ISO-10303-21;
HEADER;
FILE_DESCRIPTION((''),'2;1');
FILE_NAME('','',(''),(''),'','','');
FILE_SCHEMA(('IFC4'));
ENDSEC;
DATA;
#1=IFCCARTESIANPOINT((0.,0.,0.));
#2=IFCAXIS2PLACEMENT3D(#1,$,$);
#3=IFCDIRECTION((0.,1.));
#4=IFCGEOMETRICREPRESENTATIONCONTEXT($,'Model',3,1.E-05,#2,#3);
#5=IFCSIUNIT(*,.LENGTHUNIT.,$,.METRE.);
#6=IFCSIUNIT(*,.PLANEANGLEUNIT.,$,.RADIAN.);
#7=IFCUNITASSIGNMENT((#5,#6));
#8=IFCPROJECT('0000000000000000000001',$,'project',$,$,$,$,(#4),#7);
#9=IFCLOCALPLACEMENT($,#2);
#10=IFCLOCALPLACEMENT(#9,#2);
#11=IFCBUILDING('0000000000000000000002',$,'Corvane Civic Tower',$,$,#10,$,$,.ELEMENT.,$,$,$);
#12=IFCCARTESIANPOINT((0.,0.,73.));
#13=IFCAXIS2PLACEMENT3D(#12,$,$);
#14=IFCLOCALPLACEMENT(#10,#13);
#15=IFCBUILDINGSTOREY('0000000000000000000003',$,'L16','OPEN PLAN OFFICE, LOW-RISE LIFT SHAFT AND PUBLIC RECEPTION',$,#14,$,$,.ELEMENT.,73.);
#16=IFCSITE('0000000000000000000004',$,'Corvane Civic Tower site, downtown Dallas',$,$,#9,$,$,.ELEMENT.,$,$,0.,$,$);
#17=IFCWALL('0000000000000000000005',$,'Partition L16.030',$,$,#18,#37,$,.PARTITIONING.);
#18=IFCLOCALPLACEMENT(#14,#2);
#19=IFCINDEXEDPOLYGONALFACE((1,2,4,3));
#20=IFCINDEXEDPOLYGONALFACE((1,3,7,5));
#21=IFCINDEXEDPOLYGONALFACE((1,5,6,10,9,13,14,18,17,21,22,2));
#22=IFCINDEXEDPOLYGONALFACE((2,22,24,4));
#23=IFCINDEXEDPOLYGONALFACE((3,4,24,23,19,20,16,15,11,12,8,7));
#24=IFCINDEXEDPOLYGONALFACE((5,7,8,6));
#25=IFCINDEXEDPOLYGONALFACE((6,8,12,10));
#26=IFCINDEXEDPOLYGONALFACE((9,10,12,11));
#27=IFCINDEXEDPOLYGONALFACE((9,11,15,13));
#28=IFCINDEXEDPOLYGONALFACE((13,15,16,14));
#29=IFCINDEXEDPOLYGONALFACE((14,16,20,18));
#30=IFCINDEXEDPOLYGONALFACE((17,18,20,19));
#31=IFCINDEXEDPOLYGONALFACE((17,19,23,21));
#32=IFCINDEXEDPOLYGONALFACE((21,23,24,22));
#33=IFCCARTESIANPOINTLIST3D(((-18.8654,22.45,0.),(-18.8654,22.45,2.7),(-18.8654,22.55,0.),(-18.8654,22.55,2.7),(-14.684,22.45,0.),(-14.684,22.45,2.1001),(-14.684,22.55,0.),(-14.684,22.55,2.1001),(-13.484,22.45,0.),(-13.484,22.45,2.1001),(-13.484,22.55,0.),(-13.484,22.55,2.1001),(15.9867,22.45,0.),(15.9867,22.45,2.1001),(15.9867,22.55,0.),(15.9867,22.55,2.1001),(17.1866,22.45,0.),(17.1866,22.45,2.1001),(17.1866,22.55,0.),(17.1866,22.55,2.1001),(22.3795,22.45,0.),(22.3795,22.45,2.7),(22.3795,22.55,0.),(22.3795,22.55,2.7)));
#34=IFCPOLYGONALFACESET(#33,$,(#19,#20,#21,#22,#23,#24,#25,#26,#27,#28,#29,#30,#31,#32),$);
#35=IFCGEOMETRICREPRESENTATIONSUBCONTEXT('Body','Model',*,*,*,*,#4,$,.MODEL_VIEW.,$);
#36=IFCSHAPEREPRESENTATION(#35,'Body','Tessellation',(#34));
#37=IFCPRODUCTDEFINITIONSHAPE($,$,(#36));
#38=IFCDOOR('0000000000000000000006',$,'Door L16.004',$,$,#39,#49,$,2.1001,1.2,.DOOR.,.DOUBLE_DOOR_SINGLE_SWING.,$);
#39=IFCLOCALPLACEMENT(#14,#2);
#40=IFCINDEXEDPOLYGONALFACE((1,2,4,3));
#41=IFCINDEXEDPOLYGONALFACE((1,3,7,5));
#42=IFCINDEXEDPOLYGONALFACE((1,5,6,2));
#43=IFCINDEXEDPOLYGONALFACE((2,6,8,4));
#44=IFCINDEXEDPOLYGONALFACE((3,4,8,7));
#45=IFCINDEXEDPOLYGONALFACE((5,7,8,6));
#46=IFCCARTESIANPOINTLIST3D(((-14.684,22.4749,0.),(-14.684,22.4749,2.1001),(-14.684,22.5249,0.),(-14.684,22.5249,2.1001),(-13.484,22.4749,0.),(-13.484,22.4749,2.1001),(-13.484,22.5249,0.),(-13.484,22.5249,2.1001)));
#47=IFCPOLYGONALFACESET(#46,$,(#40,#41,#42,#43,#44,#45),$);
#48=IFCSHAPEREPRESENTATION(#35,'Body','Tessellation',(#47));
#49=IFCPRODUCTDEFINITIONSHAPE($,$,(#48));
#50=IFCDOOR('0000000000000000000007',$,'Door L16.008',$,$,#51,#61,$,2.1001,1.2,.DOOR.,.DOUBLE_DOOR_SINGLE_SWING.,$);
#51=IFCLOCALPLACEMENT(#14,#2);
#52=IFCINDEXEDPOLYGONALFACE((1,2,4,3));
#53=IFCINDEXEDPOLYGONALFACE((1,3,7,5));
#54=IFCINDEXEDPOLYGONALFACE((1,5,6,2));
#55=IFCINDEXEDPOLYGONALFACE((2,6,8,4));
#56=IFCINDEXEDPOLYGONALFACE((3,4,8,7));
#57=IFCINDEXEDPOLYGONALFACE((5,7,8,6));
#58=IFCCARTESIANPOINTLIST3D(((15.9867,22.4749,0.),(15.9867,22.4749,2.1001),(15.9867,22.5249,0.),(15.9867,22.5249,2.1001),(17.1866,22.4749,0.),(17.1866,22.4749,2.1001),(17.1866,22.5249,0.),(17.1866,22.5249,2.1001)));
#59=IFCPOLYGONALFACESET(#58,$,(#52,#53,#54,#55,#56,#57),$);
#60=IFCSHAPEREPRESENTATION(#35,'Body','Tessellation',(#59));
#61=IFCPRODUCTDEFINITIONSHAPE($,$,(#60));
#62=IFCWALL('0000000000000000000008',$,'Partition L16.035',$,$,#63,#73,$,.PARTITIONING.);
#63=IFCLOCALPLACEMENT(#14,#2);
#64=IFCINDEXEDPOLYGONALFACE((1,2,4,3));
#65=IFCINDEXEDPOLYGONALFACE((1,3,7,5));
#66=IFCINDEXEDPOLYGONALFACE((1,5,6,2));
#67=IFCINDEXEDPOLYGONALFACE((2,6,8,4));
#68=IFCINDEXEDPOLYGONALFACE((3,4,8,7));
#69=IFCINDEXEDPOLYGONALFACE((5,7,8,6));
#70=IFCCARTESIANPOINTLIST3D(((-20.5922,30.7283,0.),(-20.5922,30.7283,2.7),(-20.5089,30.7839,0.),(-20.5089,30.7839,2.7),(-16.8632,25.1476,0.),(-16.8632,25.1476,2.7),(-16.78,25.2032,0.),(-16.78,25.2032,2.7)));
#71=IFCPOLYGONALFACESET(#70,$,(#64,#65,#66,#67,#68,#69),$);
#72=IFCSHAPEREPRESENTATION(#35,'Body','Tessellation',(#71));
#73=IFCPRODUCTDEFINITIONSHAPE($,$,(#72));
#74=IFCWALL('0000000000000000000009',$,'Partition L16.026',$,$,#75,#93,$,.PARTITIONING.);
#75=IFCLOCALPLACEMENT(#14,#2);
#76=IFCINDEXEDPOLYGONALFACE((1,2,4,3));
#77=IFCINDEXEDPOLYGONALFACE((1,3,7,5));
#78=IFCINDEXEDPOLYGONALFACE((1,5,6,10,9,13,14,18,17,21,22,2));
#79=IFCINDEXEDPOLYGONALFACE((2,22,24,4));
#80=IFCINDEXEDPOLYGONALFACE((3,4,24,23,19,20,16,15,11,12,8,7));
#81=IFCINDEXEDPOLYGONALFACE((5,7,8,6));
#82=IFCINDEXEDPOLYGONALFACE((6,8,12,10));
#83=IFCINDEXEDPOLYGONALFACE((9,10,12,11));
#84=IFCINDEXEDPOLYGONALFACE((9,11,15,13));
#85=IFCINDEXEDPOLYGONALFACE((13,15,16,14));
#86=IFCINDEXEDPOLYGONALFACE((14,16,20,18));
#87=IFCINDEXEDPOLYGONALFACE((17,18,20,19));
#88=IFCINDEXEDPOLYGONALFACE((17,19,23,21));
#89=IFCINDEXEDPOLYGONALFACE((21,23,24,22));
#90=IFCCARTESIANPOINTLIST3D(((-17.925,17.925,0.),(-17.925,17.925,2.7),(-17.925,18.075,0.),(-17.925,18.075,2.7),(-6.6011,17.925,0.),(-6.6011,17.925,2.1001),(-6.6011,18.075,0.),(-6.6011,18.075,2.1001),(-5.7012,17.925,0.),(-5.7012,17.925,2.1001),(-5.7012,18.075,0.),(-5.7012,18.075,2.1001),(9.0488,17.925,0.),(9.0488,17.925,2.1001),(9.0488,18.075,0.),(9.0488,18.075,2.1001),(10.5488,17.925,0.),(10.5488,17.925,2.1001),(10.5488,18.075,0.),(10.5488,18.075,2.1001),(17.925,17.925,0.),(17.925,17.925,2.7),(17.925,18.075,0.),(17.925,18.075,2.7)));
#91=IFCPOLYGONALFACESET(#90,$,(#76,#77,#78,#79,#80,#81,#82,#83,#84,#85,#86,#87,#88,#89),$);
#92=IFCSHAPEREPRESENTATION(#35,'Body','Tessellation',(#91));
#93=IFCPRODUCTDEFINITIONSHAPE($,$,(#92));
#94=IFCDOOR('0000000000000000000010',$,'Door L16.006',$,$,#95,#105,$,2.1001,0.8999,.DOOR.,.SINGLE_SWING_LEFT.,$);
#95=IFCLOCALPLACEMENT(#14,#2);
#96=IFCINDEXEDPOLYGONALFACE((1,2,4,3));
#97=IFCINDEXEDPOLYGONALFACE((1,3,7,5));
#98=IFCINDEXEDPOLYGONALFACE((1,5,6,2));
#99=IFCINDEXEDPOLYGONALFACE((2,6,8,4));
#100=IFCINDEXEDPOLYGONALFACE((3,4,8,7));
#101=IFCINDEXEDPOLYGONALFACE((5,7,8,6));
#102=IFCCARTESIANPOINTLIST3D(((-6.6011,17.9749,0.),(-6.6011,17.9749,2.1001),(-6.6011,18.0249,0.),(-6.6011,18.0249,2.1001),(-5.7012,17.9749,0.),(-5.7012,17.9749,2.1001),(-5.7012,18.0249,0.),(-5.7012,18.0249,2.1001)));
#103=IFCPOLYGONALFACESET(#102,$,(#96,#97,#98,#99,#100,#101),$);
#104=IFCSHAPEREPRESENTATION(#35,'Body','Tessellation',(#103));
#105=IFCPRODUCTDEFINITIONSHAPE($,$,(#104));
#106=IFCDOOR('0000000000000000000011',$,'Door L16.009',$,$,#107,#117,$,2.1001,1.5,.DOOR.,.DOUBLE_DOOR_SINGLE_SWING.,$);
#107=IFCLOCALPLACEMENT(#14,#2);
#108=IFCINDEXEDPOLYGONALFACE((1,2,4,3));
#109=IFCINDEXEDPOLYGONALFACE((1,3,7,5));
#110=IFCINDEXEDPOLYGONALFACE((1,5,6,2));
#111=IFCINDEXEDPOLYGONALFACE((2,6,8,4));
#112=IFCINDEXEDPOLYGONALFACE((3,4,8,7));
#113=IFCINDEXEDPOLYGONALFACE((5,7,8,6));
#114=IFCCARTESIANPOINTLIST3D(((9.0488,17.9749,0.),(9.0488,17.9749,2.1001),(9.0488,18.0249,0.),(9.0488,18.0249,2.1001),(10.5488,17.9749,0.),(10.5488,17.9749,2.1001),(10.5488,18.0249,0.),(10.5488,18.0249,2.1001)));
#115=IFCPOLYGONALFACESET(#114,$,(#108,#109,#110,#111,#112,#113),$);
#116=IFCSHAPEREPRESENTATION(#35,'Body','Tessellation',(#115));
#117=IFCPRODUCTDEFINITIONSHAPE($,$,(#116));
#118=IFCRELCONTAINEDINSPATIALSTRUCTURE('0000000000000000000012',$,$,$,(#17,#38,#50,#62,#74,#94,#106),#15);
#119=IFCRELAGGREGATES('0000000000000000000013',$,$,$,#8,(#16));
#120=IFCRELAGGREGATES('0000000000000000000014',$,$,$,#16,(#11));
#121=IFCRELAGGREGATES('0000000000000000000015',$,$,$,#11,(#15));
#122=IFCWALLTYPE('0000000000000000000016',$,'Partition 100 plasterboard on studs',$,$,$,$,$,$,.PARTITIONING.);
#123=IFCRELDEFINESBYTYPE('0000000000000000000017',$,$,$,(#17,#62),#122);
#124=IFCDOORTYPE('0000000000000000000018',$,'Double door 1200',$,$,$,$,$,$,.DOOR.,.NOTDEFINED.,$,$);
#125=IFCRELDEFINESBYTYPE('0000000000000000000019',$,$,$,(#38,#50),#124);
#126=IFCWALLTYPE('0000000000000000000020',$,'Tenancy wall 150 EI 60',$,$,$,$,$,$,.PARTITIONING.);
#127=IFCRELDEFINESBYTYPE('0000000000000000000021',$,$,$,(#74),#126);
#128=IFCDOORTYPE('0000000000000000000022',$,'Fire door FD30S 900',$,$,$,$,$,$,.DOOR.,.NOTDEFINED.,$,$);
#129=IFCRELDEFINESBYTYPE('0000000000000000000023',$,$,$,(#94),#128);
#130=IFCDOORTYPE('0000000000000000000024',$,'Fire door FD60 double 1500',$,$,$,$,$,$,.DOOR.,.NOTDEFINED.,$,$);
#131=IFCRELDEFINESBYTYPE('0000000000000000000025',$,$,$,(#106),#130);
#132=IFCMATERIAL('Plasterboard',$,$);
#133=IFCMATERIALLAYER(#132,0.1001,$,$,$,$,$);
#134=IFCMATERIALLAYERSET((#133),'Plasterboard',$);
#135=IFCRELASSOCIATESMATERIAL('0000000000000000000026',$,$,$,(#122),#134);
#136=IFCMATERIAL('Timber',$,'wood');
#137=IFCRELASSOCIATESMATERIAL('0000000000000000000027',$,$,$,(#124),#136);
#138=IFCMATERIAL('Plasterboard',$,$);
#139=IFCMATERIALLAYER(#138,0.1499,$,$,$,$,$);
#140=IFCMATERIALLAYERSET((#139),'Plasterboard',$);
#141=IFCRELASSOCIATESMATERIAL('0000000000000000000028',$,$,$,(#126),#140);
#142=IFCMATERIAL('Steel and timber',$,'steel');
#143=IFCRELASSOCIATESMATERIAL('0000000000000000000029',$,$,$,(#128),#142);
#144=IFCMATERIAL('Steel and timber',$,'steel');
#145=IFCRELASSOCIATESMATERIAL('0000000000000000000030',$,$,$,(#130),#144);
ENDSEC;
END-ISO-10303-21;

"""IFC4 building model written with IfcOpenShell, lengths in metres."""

from ifc_helpers import new_model, si_unit, direction, frame, frame_2d, origin, place, context, subcontext, project, spatial, rectangle, extrude, material, layer, layer_set, type_object, element, fill, save


model = new_model("IFC4")

# Units and contexts
model_context = context("Model", 3, precision=1e-05, world=origin(), true_north=direction((0.0, 1.0)))
body_context = subcontext(model_context, "Body", "Model", "MODEL_VIEW")
ifc_project = project(units=[si_unit("LENGTHUNIT", "METRE"), si_unit("PLANEANGLEUNIT", "RADIAN")], contexts=[model_context])

# Site, building, storey
site_placement = place(None, origin())
site = spatial("IfcSite", under=ifc_project, at=site_placement, Name="Corvane Civic Tower site, downtown Dallas", CompositionType="ELEMENT", RefElevation=0.0)
building_placement = place(site_placement, origin())
building = spatial("IfcBuilding", under=site, at=building_placement, Name="Corvane Civic Tower", CompositionType="ELEMENT")
storey_placement = place(building_placement, frame((0.0, 0.0, 73.0)))
storey = spatial("IfcBuildingStorey", under=building, at=storey_placement, Name="L16", Description="OPEN PLAN OFFICE, LOW-RISE LIFT SHAFT AND PUBLIC RECEPTION", CompositionType="ELEMENT", Elevation=73.0)

# Wall, openings, doors
ifc_material_1 = material(Name="Plasterboard")
ifc_layer_1 = layer(ifc_material_1, 0.1001)
ifc_layer_set_1 = layer_set([ifc_layer_1], Name="Plasterboard")
wall_type_1 = type_object("IfcWallType", Name="Partition 100 plasterboard on studs", PredefinedType="PARTITIONING", material=ifc_layer_set_1)
wall_1_placement = place(storey_placement, frame((-18.8655, 22.5, 0.0), z_axis=(0.0, 0.0, 1.0), x_axis=(1.0, 0.0, 0.0)))
wall_1 = element("IfcWall", 1, at=wall_1_placement, inside=storey, type_object=wall_type_1, Name="Partition L16.030", PredefinedType="PARTITIONING", context=body_context, shape_type="SweptSolid", body=[
    extrude(rectangle(XDim=41.2449, YDim=0.1001, at=frame_2d((20.6226, 0.0))), origin(), (0.0, 0.0, 1.0), 2.7),
])
opening_1_placement = place(wall_1_placement, frame((4.1814, 0.0, 0.0)))
opening_1 = element("IfcOpeningElement", 2, at=opening_1_placement, cuts=wall_1, PredefinedType="OPENING", context=body_context, shape_type="SweptSolid", body=[
    extrude(rectangle(XDim=1.2, YDim=2.1001, at=frame_2d((0.6001, 1.05))), frame((0.0, 0.0601, 0.0), z_axis=(0.0, -1.0, 0.0), x_axis=(1.0, 0.0, 0.0)), (0.0, 0.0, 1.0), 0.1201),
])
opening_2_placement = place(wall_1_placement, frame((34.8521, 0.0, 0.0)))
opening_2 = element("IfcOpeningElement", 3, at=opening_2_placement, cuts=wall_1, PredefinedType="OPENING", context=body_context, shape_type="SweptSolid", body=[
    extrude(rectangle(XDim=1.2, YDim=2.1001, at=frame_2d((0.6001, 1.05))), frame((0.0, 0.0601, 0.0), z_axis=(0.0, -1.0, 0.0), x_axis=(1.0, 0.0, 0.0)), (0.0, 0.0, 1.0), 0.1201),
])
ifc_material_2 = material(Name="Timber", Category="wood")
door_type_1 = type_object("IfcDoorType", Name="Double door 1200", OperationType="NOTDEFINED", PredefinedType="DOOR", material=ifc_material_2)
door_1_placement = place(opening_1_placement, origin())
door_1 = element("IfcDoor", 4, at=door_1_placement, inside=storey, type_object=door_type_1, Name="Door L16.004", OperationType="DOUBLE_DOOR_SINGLE_SWING", OverallHeight=2.1001, OverallWidth=1.2, PredefinedType="DOOR", context=body_context, shape_type="SweptSolid", body=[
    extrude(rectangle(XDim=1.2, YDim=2.1001, at=frame_2d((0.6001, 1.05))), frame((0.0, 0.0249, 0.0), z_axis=(0.0, -1.0, 0.0), x_axis=(1.0, 0.0, 0.0)), (0.0, 0.0, 1.0), 0.05),
])
fill(opening_1, door_1)
door_2_placement = place(opening_2_placement, origin())
door_2 = element("IfcDoor", 5, at=door_2_placement, inside=storey, type_object=door_type_1, Name="Door L16.008", OperationType="DOUBLE_DOOR_SINGLE_SWING", OverallHeight=2.1001, OverallWidth=1.2, PredefinedType="DOOR", context=body_context, shape_type="SweptSolid", body=[
    extrude(rectangle(XDim=1.2, YDim=2.1001, at=frame_2d((0.6001, 1.05))), frame((0.0, 0.0249, 0.0), z_axis=(0.0, -1.0, 0.0), x_axis=(1.0, 0.0, 0.0)), (0.0, 0.0, 1.0), 0.05),
])
fill(opening_2, door_2)

# Wall
wall_2_placement = place(storey_placement, frame((-20.5505, 30.7561, 0.0), z_axis=(0.0, 0.0, 1.0), x_axis=(0.555573, -0.831468, 0.0)))
element("IfcWall", 6, at=wall_2_placement, inside=storey, type_object=wall_type_1, Name="Partition L16.035", PredefinedType="PARTITIONING", context=body_context, shape_type="SweptSolid", body=[
    extrude(rectangle(XDim=6.7119, YDim=0.1001, at=frame_2d((3.356, 0.0))), origin(), (0.0, 0.0, 1.0), 2.7),
])

# Wall, openings, doors
ifc_material_3 = material(Name="Plasterboard")
ifc_layer_2 = layer(ifc_material_3, 0.1499)
ifc_layer_set_2 = layer_set([ifc_layer_2], Name="Plasterboard")
wall_type_2 = type_object("IfcWallType", Name="Tenancy wall 150 EI 60", PredefinedType="PARTITIONING", material=ifc_layer_set_2)
wall_3_placement = place(storey_placement, frame((-17.925, 18.0, 0.0), z_axis=(0.0, 0.0, 1.0), x_axis=(1.0, 0.0, 0.0)))
wall_3 = element("IfcWall", 7, at=wall_3_placement, inside=storey, type_object=wall_type_2, Name="Partition L16.026", PredefinedType="PARTITIONING", context=body_context, shape_type="SweptSolid", body=[
    extrude(rectangle(XDim=35.8501, YDim=0.1499, at=frame_2d((17.925, 0.0))), origin(), (0.0, 0.0, 1.0), 2.7),
])
opening_3_placement = place(wall_3_placement, frame((11.324, 0.0, 0.0)))
opening_3 = element("IfcOpeningElement", 8, at=opening_3_placement, cuts=wall_3, PredefinedType="OPENING", context=body_context, shape_type="SweptSolid", body=[
    extrude(rectangle(XDim=0.8999, YDim=2.1001, at=frame_2d((0.45, 1.05))), frame((0.0, 0.085, 0.0), z_axis=(0.0, -1.0, 0.0), x_axis=(1.0, 0.0, 0.0)), (0.0, 0.0, 1.0), 0.1699),
])
opening_4_placement = place(wall_3_placement, frame((26.9739, 0.0, 0.0)))
opening_4 = element("IfcOpeningElement", 9, at=opening_4_placement, cuts=wall_3, PredefinedType="OPENING", context=body_context, shape_type="SweptSolid", body=[
    extrude(rectangle(XDim=1.5, YDim=2.1001, at=frame_2d((0.75, 1.05))), frame((0.0, 0.085, 0.0), z_axis=(0.0, -1.0, 0.0), x_axis=(1.0, 0.0, 0.0)), (0.0, 0.0, 1.0), 0.1699),
])
ifc_material_4 = material(Name="Steel and timber", Category="steel")
door_type_2 = type_object("IfcDoorType", Name="Fire door FD30S 900", OperationType="NOTDEFINED", PredefinedType="DOOR", material=ifc_material_4)
door_3_placement = place(opening_3_placement, origin())
door_3 = element("IfcDoor", 10, at=door_3_placement, inside=storey, type_object=door_type_2, Name="Door L16.006", OperationType="SINGLE_SWING_LEFT", OverallHeight=2.1001, OverallWidth=0.8999, PredefinedType="DOOR", context=body_context, shape_type="SweptSolid", body=[
    extrude(rectangle(XDim=0.8999, YDim=2.1001, at=frame_2d((0.45, 1.05))), frame((0.0, 0.0249, 0.0), z_axis=(0.0, -1.0, 0.0), x_axis=(1.0, 0.0, 0.0)), (0.0, 0.0, 1.0), 0.05),
])
fill(opening_3, door_3)
ifc_material_5 = material(Name="Steel and timber", Category="steel")
door_type_3 = type_object("IfcDoorType", Name="Fire door FD60 double 1500", OperationType="NOTDEFINED", PredefinedType="DOOR", material=ifc_material_5)
door_4_placement = place(opening_4_placement, origin())
door_4 = element("IfcDoor", 11, at=door_4_placement, inside=storey, type_object=door_type_3, Name="Door L16.009", OperationType="DOUBLE_DOOR_SINGLE_SWING", OverallHeight=2.1001, OverallWidth=1.5, PredefinedType="DOOR", context=body_context, shape_type="SweptSolid", body=[
    extrude(rectangle(XDim=1.5, YDim=2.1001, at=frame_2d((0.75, 1.05))), frame((0.0, 0.0249, 0.0), z_axis=(0.0, -1.0, 0.0), x_axis=(1.0, 0.0, 0.0)), (0.0, 0.0, 1.0), 0.05),
])
fill(opening_4, door_4)

save(model, "model.ifc")
